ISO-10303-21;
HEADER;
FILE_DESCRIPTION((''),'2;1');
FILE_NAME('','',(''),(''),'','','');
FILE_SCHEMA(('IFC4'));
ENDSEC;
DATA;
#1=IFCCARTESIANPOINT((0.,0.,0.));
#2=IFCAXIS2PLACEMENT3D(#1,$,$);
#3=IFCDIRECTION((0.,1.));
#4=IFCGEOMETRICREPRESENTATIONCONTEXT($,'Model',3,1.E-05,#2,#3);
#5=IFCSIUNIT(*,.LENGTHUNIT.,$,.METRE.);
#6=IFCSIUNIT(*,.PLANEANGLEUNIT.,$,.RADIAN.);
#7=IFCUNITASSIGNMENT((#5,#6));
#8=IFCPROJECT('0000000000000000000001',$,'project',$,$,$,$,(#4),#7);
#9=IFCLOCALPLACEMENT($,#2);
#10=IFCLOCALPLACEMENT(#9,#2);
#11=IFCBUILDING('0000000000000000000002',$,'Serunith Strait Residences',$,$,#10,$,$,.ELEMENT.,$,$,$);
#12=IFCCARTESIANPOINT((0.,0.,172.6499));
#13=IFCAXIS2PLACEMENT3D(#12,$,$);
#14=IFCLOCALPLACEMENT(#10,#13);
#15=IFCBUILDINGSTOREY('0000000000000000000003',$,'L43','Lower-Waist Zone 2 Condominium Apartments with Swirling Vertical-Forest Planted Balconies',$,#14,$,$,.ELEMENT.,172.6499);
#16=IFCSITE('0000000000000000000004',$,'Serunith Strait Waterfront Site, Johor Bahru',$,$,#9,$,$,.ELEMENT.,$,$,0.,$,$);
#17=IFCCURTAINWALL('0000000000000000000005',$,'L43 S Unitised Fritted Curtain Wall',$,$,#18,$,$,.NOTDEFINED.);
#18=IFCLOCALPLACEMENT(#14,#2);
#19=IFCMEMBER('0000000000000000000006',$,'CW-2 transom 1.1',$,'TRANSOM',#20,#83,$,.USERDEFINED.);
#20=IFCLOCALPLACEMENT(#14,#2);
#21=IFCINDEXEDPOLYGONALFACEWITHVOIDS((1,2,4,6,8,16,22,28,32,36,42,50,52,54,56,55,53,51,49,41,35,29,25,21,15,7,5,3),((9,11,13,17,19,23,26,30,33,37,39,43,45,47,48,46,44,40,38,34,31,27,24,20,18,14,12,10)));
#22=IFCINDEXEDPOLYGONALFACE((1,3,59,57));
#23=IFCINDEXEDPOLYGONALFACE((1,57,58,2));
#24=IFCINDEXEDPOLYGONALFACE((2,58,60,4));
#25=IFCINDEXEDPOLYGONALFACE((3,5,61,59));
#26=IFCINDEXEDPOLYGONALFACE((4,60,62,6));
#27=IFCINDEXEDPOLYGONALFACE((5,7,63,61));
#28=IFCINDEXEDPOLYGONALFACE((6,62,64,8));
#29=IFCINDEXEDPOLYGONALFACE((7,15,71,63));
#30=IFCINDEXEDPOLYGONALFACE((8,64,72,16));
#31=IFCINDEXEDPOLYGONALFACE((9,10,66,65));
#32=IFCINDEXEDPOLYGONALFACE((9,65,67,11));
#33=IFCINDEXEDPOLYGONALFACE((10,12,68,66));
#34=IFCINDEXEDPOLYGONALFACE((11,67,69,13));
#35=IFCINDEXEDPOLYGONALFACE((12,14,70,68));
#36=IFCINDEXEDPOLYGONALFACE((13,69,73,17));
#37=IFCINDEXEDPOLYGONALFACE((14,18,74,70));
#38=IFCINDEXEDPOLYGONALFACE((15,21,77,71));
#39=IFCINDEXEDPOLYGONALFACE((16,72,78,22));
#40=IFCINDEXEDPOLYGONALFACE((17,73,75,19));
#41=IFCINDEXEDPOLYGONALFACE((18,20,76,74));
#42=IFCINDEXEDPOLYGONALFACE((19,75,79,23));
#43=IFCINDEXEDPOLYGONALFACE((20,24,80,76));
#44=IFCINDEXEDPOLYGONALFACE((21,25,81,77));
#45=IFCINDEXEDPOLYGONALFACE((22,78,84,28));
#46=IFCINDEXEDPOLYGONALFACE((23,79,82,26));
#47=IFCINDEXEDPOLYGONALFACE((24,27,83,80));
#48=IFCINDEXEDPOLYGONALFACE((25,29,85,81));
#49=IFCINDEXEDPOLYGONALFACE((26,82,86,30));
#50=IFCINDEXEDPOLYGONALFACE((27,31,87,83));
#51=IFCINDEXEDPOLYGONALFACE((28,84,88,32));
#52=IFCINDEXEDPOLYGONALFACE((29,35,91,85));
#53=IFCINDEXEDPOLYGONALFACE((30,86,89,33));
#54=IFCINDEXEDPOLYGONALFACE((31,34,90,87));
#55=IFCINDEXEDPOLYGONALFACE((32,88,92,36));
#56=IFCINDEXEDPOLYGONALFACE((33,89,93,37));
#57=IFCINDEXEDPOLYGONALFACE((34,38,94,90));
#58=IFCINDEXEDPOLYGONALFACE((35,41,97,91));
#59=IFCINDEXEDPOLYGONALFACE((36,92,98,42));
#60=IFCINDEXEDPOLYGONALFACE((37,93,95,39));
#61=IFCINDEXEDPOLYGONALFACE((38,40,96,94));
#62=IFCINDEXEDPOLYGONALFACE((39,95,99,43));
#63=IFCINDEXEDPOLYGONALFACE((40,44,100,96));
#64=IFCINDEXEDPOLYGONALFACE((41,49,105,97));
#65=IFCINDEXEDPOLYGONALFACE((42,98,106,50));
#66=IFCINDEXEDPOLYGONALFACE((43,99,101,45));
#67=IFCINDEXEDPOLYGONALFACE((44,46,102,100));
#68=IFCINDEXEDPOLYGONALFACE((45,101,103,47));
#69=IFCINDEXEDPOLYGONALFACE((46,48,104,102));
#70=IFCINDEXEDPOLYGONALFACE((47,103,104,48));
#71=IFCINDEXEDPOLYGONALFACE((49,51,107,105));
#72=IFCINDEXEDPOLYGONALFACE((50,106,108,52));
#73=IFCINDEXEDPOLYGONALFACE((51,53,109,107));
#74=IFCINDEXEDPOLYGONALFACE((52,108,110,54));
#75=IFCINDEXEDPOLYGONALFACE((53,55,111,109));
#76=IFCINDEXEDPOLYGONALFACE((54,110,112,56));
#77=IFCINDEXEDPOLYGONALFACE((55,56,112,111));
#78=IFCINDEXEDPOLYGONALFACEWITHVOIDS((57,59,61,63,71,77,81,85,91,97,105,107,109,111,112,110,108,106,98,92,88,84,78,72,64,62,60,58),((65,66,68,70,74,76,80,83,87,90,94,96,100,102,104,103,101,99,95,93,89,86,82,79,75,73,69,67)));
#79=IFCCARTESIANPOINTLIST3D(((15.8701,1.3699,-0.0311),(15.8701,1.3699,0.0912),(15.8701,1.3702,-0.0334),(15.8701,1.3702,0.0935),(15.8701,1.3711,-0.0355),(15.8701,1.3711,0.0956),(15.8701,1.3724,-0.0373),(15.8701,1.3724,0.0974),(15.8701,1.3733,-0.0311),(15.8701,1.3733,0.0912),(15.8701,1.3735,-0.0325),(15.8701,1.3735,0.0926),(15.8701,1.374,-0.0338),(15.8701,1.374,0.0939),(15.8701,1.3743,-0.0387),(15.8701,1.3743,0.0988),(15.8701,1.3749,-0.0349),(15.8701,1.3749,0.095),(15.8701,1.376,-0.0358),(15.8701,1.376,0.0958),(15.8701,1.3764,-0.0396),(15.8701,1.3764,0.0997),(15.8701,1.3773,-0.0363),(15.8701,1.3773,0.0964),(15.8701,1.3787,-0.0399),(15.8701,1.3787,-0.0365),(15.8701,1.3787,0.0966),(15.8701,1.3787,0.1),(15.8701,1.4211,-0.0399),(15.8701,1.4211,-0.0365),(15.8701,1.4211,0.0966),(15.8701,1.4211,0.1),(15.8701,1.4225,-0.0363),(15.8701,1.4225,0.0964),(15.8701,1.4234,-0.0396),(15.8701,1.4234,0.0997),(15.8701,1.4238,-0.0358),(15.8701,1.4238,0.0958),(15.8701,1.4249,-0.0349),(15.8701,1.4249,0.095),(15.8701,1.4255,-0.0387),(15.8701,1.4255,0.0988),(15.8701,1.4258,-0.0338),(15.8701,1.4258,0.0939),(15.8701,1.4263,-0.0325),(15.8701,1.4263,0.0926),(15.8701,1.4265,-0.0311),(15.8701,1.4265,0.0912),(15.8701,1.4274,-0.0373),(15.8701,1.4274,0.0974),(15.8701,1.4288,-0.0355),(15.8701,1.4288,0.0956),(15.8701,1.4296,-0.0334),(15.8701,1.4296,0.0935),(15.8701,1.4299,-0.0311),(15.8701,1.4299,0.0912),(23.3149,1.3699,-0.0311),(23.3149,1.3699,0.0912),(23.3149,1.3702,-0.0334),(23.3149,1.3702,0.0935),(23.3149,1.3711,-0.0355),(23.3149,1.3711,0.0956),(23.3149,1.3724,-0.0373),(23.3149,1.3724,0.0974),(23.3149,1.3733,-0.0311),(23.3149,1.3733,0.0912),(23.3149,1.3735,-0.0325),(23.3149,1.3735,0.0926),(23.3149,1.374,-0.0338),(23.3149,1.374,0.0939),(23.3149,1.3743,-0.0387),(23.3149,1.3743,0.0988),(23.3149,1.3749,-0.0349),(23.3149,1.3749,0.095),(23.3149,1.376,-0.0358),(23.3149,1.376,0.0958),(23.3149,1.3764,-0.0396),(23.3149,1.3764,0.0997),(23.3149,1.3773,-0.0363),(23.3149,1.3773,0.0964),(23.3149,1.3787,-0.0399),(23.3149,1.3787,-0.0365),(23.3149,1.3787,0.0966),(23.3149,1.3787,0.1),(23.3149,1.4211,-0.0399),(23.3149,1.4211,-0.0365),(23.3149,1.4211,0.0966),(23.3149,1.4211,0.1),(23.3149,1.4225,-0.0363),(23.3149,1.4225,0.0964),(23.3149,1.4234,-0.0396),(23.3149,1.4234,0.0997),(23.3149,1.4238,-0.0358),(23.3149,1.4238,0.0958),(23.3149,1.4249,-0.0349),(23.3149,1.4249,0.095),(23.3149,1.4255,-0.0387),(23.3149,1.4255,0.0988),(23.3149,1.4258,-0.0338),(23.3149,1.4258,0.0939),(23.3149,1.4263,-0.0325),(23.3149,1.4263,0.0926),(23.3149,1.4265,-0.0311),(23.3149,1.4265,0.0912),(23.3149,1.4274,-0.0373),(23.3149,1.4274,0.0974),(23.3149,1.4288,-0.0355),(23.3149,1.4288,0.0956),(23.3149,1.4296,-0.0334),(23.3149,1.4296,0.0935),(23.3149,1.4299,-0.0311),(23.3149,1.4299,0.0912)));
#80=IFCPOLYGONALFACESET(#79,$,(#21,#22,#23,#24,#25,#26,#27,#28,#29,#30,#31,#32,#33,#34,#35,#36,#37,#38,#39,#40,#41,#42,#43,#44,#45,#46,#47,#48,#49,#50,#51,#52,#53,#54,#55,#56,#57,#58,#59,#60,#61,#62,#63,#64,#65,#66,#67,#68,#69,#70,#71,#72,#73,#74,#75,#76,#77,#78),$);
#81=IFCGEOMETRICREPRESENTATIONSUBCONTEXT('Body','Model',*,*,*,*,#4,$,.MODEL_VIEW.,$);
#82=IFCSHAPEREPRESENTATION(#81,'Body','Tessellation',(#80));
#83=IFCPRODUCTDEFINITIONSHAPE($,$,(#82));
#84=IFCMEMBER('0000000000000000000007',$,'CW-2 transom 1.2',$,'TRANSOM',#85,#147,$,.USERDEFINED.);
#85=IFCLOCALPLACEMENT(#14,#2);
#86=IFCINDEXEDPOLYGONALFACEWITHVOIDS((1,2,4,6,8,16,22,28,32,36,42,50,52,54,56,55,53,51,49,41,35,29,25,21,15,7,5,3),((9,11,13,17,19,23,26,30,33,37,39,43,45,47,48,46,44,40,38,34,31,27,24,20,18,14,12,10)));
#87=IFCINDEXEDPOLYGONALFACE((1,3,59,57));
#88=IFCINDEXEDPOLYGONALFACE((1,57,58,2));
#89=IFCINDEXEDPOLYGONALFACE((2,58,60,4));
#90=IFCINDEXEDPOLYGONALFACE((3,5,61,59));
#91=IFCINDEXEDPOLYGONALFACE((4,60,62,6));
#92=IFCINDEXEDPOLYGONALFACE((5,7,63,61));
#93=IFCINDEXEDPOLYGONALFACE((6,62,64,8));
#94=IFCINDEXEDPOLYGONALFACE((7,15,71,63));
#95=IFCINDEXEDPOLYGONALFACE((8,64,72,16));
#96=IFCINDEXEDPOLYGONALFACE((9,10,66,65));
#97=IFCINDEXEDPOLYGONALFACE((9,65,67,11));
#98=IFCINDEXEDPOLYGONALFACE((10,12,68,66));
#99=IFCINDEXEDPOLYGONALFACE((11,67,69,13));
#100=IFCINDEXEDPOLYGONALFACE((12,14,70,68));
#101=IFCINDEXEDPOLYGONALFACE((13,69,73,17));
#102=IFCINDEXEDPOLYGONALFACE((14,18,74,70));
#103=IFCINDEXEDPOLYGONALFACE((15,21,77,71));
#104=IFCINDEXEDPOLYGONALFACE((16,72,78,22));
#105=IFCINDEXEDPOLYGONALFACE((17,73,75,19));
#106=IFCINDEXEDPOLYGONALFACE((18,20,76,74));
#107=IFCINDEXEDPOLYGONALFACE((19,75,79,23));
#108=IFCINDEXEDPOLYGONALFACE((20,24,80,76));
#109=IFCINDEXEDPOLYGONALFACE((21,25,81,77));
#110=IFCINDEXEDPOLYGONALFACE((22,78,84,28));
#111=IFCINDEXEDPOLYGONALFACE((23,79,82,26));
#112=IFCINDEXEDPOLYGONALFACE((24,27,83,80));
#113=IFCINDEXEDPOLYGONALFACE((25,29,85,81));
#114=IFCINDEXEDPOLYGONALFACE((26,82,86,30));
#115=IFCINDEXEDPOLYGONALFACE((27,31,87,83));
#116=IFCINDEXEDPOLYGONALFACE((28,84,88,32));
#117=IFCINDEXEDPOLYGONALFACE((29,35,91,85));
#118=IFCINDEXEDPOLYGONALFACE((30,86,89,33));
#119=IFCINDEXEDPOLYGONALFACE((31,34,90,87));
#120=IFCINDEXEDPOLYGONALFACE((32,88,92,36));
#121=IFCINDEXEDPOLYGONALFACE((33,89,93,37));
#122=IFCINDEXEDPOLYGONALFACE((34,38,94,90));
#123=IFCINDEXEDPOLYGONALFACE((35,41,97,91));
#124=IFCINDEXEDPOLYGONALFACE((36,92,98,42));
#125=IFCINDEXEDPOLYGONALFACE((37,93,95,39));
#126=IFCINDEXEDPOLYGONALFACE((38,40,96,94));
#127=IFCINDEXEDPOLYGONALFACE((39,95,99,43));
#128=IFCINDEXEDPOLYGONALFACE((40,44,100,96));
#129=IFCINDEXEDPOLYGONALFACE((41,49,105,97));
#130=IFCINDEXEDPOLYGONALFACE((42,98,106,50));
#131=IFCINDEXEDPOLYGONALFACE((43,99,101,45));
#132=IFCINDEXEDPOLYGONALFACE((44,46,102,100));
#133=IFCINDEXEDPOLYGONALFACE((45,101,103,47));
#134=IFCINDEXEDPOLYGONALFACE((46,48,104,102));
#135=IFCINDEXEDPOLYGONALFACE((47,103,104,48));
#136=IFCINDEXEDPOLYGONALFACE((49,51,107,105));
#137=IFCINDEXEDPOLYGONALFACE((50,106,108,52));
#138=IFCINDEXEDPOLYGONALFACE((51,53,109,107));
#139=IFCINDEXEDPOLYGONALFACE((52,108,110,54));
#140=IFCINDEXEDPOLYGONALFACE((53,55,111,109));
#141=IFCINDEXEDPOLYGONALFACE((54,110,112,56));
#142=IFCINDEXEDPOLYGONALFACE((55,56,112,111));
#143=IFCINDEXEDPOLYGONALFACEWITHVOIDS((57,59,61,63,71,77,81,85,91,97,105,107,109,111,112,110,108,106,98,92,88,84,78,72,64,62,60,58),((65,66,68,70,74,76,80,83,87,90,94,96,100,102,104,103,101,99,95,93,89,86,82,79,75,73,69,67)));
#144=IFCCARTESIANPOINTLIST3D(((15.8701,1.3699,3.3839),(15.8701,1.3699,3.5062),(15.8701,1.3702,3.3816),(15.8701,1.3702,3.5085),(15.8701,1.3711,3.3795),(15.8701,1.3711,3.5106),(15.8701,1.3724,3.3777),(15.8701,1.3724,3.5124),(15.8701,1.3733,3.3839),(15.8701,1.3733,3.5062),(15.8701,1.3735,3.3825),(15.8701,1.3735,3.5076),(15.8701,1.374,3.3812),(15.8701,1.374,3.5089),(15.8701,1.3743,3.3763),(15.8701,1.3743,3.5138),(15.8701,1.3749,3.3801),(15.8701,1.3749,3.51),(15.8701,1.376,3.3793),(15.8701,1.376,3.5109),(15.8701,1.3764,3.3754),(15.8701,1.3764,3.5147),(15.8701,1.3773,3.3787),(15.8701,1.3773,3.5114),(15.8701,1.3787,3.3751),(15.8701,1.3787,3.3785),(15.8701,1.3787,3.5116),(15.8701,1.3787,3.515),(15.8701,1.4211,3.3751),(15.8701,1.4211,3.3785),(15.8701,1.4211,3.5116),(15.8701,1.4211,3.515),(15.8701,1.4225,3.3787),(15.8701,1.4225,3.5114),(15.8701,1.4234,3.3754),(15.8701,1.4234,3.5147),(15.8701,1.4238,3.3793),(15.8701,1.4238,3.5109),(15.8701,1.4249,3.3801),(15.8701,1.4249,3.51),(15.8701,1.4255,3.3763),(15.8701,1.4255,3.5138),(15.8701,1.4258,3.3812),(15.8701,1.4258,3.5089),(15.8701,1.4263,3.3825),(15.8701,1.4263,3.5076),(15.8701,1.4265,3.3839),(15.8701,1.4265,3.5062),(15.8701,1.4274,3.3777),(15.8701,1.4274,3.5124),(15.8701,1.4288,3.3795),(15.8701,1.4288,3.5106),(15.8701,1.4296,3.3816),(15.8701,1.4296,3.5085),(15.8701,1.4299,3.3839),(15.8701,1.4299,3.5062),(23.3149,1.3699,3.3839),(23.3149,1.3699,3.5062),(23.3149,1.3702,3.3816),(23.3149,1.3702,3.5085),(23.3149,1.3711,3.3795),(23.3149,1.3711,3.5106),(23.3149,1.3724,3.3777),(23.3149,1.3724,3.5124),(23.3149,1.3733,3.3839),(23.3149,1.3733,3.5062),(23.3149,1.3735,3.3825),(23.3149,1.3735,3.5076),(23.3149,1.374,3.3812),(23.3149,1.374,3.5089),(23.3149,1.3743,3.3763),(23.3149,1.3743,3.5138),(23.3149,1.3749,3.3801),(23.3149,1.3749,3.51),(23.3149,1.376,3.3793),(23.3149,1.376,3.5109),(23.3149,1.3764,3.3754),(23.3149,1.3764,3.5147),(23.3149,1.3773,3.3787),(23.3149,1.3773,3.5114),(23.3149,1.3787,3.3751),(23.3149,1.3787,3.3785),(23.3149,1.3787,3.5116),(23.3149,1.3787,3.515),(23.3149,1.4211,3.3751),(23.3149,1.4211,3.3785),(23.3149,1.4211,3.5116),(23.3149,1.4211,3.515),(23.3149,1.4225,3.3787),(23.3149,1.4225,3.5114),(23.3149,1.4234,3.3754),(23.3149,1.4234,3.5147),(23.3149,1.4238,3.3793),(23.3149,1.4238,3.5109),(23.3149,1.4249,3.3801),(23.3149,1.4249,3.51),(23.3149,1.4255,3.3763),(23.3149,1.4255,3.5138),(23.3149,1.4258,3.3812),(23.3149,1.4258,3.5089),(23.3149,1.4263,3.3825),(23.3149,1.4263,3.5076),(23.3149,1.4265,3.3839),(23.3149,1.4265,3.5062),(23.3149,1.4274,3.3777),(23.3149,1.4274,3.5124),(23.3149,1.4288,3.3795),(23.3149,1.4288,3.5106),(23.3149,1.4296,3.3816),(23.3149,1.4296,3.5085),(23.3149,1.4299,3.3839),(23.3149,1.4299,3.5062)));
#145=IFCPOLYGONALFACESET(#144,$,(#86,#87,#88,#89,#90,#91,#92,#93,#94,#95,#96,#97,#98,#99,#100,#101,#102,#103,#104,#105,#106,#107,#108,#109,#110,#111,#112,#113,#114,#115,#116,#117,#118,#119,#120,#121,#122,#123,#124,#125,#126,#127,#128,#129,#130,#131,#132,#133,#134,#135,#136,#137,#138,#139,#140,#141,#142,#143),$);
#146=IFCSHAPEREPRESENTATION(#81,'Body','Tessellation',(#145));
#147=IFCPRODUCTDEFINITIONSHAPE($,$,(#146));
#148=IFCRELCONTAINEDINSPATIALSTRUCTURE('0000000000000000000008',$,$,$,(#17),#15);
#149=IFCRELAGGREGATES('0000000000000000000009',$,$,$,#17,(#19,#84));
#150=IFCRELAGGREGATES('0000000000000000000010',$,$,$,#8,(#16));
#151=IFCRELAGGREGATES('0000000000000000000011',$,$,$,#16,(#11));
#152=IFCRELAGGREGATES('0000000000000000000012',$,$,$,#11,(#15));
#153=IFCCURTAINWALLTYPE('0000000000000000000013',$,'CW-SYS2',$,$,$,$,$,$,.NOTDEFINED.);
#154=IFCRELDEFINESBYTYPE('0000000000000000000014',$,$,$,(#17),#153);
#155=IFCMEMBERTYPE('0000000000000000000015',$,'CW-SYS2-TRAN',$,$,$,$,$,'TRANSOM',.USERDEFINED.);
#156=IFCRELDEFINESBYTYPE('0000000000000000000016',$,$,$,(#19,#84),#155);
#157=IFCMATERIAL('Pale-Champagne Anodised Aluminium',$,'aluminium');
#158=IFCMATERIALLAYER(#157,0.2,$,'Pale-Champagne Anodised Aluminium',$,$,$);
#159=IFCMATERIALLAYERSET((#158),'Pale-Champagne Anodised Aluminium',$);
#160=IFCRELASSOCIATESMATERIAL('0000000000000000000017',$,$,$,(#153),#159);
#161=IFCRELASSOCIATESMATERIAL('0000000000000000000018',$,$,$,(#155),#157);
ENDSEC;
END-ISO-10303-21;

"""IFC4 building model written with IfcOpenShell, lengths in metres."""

from ifc_helpers import new_model, si_unit, direction, frame, origin, origin_2d, place, context, subcontext, project, spatial, hollow_rectangle, extrude, source, transform, mapped, material, layer, layer_set, material_profile, profile_set, type_object, element, aggregate, save


model = new_model("IFC4")

# Units and contexts
model_context = context("Model", 3, precision=1e-05, world=origin(), true_north=direction((0.0, 1.0)))
body_context = subcontext(model_context, "Body", "Model", "MODEL_VIEW")
ifc_project = project(units=[si_unit("LENGTHUNIT", "METRE"), si_unit("PLANEANGLEUNIT", "RADIAN")], contexts=[model_context])

# Site, building, storey
site_placement = place(None, origin())
site = spatial("IfcSite", under=ifc_project, at=site_placement, Name="Serunith Strait Waterfront Site, Johor Bahru", CompositionType="ELEMENT", RefElevation=0.0)
building_placement = place(site_placement, origin())
building = spatial("IfcBuilding", under=site, at=building_placement, Name="Serunith Strait Residences", CompositionType="ELEMENT")
storey_placement = place(building_placement, frame((0.0, 0.0, 172.6499)))
storey = spatial("IfcBuildingStorey", under=building, at=storey_placement, Name="L43", Description="Lower-Waist Zone 2 Condominium Apartments with Swirling Vertical-Forest Planted Balconies", CompositionType="ELEMENT", Elevation=172.6499)

# Curtain wall
ifc_material_1 = material(Name="Pale-Champagne Anodised Aluminium", Category="aluminium")
ifc_layer_1 = layer(ifc_material_1, 0.2, Name="Pale-Champagne Anodised Aluminium")
ifc_layer_set_1 = layer_set([ifc_layer_1], Name="Pale-Champagne Anodised Aluminium")
curtain_wall_type = type_object("IfcCurtainWallType", Name="CW-SYS2", PredefinedType="NOTDEFINED", material=ifc_layer_set_1)
curtain_wall_1_placement = place(storey_placement, origin())
curtain_wall_1 = element("IfcCurtainWall", 1, at=curtain_wall_1_placement, inside=storey, type_object=curtain_wall_type, Name="L43 S Unitised Fritted Curtain Wall", PredefinedType="NOTDEFINED")

# Members
ifc_material_profile_1 = material_profile(ifc_material_1, hollow_rectangle(XDim=0.0601, YDim=0.1399, WallThickness=0.0034, InnerFilletRadius=0.0054, OuterFilletRadius=0.0088, at=origin_2d()), Name="ALU 140x60x3.5")
ifc_profile_set_1 = profile_set([ifc_material_profile_1], Name="Pale-Champagne Anodised Aluminium")
member_type_1 = type_object("IfcMemberType", Name="CW-SYS2-TRAN", ElementType="TRANSOM", PredefinedType="USERDEFINED", material=ifc_profile_set_1)
shared_shape_1 = source(origin(), body_context, "Body", "SweptSolid", [
    extrude(hollow_rectangle(XDim=0.0601, YDim=0.1399, WallThickness=0.0034, InnerFilletRadius=0.0054, OuterFilletRadius=0.0088, at=origin_2d()), origin(), (0.0, 0.0, 1.0), 7.4448),
])
member_1_placement = place(storey_placement, frame((15.8701, 1.3999, 0.03), z_axis=(1.0, 0.0, 0.0), x_axis=(0.0, 1.0, 0.0)))
member_1 = element("IfcMember", 2, at=member_1_placement, type_object=member_type_1, Name="CW-2 transom 1.1", ObjectType="TRANSOM", PredefinedType="USERDEFINED", context=body_context, shape_type="MappedRepresentation", body=[
    mapped(shared_shape_1, transform((0.0, 0.0, 0.0), scale=1.0)),
])
member_2_placement = place(storey_placement, frame((15.8701, 1.3999, 3.4451), z_axis=(1.0, 0.0, 0.0), x_axis=(0.0, 1.0, 0.0)))
member_2 = element("IfcMember", 3, at=member_2_placement, type_object=member_type_1, Name="CW-2 transom 1.2", ObjectType="TRANSOM", PredefinedType="USERDEFINED", context=body_context, shape_type="MappedRepresentation", body=[
    mapped(shared_shape_1, transform((0.0, 0.0, 0.0), scale=1.0)),
])
aggregate(curtain_wall_1, [member_1, member_2])

save(model, "model.ifc")
